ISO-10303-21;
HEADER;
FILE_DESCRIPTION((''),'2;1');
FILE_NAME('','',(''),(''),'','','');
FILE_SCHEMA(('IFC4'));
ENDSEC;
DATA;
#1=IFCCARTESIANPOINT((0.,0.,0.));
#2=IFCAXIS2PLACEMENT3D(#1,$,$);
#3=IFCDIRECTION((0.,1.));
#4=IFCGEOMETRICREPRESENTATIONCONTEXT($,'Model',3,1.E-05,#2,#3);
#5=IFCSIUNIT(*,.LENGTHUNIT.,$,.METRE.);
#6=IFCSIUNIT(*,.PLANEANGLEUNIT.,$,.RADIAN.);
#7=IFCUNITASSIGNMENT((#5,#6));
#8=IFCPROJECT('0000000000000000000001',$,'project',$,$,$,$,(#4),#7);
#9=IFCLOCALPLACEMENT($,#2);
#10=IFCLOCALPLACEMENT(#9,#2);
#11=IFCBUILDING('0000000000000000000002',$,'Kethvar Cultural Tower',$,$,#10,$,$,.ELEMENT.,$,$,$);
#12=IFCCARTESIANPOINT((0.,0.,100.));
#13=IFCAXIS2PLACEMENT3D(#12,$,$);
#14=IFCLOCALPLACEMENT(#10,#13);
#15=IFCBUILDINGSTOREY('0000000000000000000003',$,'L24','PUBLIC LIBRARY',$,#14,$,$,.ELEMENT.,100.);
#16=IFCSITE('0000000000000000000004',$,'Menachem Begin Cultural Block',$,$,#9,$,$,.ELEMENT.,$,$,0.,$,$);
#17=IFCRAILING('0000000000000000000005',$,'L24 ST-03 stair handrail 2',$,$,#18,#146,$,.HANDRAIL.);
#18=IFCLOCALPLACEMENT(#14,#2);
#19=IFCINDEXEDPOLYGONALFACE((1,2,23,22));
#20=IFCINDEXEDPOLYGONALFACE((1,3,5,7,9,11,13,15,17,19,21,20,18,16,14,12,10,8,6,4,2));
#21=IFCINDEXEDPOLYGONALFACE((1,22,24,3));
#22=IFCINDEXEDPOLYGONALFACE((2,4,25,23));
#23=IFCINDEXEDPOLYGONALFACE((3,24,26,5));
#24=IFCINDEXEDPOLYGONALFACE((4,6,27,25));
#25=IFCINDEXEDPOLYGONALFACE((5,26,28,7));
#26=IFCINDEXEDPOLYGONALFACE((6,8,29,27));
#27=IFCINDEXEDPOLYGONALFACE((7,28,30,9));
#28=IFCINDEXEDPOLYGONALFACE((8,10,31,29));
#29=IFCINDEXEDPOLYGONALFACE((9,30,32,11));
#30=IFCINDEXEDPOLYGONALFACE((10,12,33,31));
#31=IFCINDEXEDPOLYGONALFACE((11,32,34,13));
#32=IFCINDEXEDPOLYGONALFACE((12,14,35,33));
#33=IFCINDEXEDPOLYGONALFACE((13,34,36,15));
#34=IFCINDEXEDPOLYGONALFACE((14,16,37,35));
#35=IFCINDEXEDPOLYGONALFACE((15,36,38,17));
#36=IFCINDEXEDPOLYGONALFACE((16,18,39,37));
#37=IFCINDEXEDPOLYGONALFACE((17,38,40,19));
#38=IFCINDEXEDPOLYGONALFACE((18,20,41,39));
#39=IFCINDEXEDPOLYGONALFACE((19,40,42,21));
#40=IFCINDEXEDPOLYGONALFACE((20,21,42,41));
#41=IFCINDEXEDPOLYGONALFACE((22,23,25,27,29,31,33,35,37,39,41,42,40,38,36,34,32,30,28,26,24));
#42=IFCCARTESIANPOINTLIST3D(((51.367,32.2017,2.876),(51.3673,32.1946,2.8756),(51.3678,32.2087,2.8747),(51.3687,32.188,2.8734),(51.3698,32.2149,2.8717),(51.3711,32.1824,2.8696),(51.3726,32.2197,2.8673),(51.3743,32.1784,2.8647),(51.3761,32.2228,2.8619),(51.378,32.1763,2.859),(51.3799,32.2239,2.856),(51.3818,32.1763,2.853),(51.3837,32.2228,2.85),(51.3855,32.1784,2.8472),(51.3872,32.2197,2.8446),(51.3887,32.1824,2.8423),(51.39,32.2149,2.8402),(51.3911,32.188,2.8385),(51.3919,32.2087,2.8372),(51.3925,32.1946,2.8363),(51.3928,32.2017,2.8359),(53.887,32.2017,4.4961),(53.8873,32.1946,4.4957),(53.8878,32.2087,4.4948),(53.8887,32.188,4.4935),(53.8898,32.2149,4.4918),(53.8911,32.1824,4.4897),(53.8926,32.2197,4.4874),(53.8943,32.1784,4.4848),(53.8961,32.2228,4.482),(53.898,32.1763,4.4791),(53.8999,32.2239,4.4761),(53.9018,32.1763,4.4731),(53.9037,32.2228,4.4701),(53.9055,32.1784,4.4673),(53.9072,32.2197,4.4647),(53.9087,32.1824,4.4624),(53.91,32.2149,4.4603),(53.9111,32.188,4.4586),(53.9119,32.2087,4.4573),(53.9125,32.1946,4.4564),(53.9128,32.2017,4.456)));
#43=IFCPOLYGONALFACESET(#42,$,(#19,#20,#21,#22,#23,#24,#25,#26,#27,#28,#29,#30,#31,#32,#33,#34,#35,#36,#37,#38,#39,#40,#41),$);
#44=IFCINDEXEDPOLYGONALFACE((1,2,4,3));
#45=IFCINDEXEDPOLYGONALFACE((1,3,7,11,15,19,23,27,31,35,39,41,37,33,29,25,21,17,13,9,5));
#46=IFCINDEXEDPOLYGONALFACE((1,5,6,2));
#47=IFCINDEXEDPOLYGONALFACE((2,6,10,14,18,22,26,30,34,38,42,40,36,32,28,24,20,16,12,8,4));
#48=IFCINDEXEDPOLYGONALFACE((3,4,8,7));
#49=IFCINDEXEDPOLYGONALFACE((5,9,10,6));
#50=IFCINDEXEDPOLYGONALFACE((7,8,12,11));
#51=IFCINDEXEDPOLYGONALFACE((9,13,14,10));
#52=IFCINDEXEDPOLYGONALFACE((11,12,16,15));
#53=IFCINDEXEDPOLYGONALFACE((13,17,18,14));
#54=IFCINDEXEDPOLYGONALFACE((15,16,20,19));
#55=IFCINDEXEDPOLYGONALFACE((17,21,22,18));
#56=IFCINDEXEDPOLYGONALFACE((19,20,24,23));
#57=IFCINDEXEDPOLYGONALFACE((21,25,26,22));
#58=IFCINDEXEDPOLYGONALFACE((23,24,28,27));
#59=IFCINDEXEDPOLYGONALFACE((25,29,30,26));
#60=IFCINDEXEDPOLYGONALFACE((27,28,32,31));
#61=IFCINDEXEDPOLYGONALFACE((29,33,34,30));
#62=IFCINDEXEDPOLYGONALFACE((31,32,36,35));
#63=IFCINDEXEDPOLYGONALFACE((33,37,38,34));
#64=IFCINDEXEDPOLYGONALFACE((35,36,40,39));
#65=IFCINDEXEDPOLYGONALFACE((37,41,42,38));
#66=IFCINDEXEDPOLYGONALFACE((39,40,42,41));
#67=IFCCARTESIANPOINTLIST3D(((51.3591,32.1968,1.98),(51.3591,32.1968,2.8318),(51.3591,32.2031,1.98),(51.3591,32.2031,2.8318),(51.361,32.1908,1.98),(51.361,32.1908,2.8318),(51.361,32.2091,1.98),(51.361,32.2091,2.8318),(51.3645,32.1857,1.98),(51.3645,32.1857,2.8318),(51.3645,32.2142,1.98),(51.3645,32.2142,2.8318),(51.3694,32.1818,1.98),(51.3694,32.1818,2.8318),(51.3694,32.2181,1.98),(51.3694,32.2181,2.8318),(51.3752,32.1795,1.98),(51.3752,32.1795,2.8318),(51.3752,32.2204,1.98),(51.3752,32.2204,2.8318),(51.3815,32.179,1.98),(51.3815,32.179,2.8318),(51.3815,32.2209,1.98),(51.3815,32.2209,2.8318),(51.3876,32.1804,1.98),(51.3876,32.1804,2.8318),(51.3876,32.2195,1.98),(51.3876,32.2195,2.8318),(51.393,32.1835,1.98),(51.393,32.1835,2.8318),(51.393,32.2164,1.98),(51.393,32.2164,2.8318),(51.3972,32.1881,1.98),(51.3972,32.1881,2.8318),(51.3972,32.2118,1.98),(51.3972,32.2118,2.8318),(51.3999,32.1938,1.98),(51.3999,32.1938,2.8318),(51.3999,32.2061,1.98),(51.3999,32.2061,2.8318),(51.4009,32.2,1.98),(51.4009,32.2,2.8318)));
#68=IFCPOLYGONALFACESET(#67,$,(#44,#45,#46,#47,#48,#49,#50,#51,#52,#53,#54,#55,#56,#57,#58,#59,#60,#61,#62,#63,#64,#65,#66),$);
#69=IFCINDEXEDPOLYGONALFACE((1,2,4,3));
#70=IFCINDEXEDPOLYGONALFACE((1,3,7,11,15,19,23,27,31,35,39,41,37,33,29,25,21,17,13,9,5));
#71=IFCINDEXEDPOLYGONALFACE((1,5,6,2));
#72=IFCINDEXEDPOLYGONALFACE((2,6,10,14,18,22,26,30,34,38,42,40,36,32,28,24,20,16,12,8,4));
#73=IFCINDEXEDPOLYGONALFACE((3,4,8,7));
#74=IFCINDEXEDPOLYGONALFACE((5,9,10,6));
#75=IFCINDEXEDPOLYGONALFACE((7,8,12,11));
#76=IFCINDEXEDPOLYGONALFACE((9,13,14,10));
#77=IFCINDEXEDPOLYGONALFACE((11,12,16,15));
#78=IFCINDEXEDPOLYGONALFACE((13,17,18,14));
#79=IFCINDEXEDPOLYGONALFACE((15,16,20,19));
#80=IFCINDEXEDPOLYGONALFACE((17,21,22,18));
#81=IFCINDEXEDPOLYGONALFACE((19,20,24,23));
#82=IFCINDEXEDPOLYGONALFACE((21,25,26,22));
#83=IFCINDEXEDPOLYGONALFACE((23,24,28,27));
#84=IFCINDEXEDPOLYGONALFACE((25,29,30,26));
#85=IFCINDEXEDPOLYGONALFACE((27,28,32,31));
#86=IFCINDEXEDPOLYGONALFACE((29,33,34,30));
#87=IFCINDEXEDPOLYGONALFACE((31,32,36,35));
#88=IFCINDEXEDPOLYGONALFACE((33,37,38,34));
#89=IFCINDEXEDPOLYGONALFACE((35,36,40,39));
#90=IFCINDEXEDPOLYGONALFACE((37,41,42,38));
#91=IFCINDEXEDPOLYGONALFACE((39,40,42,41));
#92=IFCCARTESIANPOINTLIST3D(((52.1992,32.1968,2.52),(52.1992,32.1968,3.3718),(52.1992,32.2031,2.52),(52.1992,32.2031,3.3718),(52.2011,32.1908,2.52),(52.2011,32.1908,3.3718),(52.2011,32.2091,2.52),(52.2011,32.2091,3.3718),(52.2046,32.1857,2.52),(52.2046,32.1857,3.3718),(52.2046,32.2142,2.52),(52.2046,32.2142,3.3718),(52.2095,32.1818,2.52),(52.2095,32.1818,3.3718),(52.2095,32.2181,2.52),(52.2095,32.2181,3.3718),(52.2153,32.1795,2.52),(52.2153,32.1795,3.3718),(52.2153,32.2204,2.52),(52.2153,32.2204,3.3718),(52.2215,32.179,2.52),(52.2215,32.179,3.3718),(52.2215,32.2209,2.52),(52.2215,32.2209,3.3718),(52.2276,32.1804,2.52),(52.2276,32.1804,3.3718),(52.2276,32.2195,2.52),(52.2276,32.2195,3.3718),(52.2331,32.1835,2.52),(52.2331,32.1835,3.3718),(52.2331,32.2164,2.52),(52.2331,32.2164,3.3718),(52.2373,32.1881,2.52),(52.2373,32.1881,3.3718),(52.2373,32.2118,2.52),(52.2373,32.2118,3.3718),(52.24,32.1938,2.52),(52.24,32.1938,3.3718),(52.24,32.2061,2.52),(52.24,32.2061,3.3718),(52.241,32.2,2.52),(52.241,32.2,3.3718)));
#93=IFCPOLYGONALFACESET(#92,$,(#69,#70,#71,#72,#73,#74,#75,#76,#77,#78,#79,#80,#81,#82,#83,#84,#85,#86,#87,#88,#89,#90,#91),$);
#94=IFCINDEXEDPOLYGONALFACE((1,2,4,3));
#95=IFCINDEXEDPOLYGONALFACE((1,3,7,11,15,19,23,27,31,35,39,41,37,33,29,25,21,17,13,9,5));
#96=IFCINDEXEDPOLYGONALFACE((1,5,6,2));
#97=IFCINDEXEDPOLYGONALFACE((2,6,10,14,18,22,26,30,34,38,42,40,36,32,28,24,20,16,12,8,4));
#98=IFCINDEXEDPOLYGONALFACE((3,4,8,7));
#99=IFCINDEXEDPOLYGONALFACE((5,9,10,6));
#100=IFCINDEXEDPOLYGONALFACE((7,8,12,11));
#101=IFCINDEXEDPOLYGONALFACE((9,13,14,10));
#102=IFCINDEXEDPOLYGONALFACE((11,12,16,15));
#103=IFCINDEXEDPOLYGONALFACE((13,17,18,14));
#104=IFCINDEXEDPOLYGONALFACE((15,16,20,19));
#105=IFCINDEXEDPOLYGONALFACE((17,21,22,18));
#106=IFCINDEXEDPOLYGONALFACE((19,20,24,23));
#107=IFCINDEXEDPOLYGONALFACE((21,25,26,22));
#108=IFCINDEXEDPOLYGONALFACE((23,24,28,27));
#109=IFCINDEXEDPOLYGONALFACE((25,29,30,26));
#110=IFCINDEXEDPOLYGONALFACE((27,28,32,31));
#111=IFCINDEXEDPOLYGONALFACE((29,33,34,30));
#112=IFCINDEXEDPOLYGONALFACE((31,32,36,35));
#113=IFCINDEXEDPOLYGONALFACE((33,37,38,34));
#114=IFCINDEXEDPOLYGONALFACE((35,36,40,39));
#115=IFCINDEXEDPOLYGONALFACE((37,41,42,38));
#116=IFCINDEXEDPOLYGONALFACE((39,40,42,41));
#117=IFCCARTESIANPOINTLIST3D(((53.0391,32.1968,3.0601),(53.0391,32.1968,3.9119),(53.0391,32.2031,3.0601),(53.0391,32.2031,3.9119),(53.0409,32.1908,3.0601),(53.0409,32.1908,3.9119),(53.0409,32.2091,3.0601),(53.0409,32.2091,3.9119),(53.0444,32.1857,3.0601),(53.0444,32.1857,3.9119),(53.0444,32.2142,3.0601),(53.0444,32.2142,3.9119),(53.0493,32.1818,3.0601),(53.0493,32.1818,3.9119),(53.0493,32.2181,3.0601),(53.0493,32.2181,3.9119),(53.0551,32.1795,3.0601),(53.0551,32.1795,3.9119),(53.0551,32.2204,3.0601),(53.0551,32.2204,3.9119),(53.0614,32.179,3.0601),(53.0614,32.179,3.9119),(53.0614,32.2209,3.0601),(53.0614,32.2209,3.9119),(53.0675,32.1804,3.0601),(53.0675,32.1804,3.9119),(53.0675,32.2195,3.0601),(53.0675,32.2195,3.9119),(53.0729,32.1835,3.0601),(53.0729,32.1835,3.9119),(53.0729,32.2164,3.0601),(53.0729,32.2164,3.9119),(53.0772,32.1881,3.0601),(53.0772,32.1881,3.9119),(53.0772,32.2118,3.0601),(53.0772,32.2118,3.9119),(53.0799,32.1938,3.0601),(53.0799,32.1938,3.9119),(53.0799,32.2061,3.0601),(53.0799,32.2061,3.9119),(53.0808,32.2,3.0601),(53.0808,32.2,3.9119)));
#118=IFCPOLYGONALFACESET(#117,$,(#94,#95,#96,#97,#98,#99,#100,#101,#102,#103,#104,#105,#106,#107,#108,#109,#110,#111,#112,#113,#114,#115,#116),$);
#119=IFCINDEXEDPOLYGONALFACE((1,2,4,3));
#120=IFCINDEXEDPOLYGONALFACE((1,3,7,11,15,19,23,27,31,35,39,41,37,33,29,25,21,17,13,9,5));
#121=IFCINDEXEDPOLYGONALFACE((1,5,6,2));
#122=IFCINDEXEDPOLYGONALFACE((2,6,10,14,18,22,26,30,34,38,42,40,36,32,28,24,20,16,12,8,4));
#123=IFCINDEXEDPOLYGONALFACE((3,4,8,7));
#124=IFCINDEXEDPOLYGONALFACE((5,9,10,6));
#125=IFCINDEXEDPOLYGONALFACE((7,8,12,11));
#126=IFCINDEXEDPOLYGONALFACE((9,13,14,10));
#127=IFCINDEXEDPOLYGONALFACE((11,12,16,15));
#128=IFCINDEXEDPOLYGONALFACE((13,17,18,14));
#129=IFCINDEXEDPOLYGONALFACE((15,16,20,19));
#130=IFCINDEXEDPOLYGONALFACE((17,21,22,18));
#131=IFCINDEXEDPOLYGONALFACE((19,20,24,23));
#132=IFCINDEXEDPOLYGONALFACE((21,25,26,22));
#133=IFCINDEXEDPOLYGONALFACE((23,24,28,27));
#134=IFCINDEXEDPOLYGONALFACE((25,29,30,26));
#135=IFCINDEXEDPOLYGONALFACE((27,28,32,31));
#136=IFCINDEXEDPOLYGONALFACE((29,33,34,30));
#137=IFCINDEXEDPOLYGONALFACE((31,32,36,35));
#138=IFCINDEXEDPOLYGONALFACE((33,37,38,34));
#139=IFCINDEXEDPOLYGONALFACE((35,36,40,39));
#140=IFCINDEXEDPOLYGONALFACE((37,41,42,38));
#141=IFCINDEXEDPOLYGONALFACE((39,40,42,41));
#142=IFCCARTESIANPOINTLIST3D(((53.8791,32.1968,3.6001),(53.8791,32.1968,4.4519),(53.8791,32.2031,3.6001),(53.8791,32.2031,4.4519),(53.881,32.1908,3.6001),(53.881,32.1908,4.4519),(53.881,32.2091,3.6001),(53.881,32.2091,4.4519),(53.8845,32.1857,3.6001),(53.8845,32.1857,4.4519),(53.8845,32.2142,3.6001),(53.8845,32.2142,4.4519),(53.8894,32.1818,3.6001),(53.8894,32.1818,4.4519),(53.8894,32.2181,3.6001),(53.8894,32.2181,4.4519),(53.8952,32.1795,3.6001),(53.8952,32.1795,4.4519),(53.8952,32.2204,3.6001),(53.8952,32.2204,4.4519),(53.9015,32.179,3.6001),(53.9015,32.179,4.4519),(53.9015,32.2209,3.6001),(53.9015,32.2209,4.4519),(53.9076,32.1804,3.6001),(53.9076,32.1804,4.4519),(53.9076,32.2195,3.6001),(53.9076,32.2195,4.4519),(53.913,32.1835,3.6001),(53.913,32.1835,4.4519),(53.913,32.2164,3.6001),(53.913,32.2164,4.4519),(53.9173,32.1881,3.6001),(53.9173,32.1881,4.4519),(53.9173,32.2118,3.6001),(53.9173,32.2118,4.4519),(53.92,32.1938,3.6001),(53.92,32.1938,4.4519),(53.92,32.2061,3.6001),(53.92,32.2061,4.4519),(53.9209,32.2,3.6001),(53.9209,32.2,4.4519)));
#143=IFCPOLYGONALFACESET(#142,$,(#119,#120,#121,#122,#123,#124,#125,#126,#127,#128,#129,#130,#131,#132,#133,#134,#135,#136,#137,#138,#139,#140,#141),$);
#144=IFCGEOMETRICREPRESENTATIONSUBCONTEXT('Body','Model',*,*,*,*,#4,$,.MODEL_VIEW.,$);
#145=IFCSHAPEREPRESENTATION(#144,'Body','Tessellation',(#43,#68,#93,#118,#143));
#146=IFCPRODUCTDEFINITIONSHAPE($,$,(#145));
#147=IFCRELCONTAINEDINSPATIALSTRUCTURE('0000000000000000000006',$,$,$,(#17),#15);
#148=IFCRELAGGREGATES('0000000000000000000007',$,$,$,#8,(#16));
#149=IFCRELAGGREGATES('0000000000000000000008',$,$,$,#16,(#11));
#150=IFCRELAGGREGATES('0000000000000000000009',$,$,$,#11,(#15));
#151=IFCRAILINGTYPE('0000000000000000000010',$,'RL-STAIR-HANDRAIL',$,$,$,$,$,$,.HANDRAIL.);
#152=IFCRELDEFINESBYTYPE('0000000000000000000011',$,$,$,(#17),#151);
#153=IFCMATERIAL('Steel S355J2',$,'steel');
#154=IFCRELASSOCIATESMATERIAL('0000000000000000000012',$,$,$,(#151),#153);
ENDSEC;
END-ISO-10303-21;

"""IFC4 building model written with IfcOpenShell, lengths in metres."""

from ifc_helpers import new_model, si_unit, direction, frame, origin, origin_2d, place, context, subcontext, project, spatial, circle, extrude, material, type_object, element, save


model = new_model("IFC4")

# Units and contexts
model_context = context("Model", 3, precision=1e-05, world=origin(), true_north=direction((0.0, 1.0)))
body_context = subcontext(model_context, "Body", "Model", "MODEL_VIEW")
ifc_project = project(units=[si_unit("LENGTHUNIT", "METRE"), si_unit("PLANEANGLEUNIT", "RADIAN")], contexts=[model_context])

# Site, building, storey
site_placement = place(None, origin())
site = spatial("IfcSite", under=ifc_project, at=site_placement, Name="Menachem Begin Cultural Block", CompositionType="ELEMENT", RefElevation=0.0)
building_placement = place(site_placement, origin())
building = spatial("IfcBuilding", under=site, at=building_placement, Name="Kethvar Cultural Tower", CompositionType="ELEMENT")
storey_placement = place(building_placement, frame((0.0, 0.0, 100.0)))
storey = spatial("IfcBuildingStorey", under=building, at=storey_placement, Name="L24", Description="PUBLIC LIBRARY", CompositionType="ELEMENT", Elevation=100.0)

# Shared definitions
ifc_material_1 = material(Name="Steel S355J2", Category="steel")

# Railing
railing_type_1 = type_object("IfcRailingType", Name="RL-STAIR-HANDRAIL", PredefinedType="HANDRAIL", material=ifc_material_1)
railing_1_placement = place(storey_placement, frame((51.3799, 32.2, 1.98)))
element("IfcRailing", 1, at=railing_1_placement, inside=storey, type_object=railing_type_1, Name="L24 ST-03 stair handrail 2", PredefinedType="HANDRAIL", context=body_context, shape_type="SweptSolid", body=[
    extrude(circle(Radius=0.0239, at=origin_2d()), frame((0.0, 0.0, 0.876), z_axis=(0.841163, 0.0, 0.540782), x_axis=(0.0, 1.0, 0.0)), (0.0, 0.0, 1.0), 2.9958),
    extrude(circle(Radius=0.021, at=origin_2d()), origin(), (0.0, 0.0, 1.0), 0.8518),
    extrude(circle(Radius=0.021, at=origin_2d()), frame((0.8401, 0.0, 0.54)), (0.0, 0.0, 1.0), 0.8518),
    extrude(circle(Radius=0.021, at=origin_2d()), frame((1.6799, 0.0, 1.0801)), (0.0, 0.0, 1.0), 0.8518),
    extrude(circle(Radius=0.021, at=origin_2d()), frame((2.52, 0.0, 1.6201)), (0.0, 0.0, 1.0), 0.8518),
])

save(model, "model.ifc")
